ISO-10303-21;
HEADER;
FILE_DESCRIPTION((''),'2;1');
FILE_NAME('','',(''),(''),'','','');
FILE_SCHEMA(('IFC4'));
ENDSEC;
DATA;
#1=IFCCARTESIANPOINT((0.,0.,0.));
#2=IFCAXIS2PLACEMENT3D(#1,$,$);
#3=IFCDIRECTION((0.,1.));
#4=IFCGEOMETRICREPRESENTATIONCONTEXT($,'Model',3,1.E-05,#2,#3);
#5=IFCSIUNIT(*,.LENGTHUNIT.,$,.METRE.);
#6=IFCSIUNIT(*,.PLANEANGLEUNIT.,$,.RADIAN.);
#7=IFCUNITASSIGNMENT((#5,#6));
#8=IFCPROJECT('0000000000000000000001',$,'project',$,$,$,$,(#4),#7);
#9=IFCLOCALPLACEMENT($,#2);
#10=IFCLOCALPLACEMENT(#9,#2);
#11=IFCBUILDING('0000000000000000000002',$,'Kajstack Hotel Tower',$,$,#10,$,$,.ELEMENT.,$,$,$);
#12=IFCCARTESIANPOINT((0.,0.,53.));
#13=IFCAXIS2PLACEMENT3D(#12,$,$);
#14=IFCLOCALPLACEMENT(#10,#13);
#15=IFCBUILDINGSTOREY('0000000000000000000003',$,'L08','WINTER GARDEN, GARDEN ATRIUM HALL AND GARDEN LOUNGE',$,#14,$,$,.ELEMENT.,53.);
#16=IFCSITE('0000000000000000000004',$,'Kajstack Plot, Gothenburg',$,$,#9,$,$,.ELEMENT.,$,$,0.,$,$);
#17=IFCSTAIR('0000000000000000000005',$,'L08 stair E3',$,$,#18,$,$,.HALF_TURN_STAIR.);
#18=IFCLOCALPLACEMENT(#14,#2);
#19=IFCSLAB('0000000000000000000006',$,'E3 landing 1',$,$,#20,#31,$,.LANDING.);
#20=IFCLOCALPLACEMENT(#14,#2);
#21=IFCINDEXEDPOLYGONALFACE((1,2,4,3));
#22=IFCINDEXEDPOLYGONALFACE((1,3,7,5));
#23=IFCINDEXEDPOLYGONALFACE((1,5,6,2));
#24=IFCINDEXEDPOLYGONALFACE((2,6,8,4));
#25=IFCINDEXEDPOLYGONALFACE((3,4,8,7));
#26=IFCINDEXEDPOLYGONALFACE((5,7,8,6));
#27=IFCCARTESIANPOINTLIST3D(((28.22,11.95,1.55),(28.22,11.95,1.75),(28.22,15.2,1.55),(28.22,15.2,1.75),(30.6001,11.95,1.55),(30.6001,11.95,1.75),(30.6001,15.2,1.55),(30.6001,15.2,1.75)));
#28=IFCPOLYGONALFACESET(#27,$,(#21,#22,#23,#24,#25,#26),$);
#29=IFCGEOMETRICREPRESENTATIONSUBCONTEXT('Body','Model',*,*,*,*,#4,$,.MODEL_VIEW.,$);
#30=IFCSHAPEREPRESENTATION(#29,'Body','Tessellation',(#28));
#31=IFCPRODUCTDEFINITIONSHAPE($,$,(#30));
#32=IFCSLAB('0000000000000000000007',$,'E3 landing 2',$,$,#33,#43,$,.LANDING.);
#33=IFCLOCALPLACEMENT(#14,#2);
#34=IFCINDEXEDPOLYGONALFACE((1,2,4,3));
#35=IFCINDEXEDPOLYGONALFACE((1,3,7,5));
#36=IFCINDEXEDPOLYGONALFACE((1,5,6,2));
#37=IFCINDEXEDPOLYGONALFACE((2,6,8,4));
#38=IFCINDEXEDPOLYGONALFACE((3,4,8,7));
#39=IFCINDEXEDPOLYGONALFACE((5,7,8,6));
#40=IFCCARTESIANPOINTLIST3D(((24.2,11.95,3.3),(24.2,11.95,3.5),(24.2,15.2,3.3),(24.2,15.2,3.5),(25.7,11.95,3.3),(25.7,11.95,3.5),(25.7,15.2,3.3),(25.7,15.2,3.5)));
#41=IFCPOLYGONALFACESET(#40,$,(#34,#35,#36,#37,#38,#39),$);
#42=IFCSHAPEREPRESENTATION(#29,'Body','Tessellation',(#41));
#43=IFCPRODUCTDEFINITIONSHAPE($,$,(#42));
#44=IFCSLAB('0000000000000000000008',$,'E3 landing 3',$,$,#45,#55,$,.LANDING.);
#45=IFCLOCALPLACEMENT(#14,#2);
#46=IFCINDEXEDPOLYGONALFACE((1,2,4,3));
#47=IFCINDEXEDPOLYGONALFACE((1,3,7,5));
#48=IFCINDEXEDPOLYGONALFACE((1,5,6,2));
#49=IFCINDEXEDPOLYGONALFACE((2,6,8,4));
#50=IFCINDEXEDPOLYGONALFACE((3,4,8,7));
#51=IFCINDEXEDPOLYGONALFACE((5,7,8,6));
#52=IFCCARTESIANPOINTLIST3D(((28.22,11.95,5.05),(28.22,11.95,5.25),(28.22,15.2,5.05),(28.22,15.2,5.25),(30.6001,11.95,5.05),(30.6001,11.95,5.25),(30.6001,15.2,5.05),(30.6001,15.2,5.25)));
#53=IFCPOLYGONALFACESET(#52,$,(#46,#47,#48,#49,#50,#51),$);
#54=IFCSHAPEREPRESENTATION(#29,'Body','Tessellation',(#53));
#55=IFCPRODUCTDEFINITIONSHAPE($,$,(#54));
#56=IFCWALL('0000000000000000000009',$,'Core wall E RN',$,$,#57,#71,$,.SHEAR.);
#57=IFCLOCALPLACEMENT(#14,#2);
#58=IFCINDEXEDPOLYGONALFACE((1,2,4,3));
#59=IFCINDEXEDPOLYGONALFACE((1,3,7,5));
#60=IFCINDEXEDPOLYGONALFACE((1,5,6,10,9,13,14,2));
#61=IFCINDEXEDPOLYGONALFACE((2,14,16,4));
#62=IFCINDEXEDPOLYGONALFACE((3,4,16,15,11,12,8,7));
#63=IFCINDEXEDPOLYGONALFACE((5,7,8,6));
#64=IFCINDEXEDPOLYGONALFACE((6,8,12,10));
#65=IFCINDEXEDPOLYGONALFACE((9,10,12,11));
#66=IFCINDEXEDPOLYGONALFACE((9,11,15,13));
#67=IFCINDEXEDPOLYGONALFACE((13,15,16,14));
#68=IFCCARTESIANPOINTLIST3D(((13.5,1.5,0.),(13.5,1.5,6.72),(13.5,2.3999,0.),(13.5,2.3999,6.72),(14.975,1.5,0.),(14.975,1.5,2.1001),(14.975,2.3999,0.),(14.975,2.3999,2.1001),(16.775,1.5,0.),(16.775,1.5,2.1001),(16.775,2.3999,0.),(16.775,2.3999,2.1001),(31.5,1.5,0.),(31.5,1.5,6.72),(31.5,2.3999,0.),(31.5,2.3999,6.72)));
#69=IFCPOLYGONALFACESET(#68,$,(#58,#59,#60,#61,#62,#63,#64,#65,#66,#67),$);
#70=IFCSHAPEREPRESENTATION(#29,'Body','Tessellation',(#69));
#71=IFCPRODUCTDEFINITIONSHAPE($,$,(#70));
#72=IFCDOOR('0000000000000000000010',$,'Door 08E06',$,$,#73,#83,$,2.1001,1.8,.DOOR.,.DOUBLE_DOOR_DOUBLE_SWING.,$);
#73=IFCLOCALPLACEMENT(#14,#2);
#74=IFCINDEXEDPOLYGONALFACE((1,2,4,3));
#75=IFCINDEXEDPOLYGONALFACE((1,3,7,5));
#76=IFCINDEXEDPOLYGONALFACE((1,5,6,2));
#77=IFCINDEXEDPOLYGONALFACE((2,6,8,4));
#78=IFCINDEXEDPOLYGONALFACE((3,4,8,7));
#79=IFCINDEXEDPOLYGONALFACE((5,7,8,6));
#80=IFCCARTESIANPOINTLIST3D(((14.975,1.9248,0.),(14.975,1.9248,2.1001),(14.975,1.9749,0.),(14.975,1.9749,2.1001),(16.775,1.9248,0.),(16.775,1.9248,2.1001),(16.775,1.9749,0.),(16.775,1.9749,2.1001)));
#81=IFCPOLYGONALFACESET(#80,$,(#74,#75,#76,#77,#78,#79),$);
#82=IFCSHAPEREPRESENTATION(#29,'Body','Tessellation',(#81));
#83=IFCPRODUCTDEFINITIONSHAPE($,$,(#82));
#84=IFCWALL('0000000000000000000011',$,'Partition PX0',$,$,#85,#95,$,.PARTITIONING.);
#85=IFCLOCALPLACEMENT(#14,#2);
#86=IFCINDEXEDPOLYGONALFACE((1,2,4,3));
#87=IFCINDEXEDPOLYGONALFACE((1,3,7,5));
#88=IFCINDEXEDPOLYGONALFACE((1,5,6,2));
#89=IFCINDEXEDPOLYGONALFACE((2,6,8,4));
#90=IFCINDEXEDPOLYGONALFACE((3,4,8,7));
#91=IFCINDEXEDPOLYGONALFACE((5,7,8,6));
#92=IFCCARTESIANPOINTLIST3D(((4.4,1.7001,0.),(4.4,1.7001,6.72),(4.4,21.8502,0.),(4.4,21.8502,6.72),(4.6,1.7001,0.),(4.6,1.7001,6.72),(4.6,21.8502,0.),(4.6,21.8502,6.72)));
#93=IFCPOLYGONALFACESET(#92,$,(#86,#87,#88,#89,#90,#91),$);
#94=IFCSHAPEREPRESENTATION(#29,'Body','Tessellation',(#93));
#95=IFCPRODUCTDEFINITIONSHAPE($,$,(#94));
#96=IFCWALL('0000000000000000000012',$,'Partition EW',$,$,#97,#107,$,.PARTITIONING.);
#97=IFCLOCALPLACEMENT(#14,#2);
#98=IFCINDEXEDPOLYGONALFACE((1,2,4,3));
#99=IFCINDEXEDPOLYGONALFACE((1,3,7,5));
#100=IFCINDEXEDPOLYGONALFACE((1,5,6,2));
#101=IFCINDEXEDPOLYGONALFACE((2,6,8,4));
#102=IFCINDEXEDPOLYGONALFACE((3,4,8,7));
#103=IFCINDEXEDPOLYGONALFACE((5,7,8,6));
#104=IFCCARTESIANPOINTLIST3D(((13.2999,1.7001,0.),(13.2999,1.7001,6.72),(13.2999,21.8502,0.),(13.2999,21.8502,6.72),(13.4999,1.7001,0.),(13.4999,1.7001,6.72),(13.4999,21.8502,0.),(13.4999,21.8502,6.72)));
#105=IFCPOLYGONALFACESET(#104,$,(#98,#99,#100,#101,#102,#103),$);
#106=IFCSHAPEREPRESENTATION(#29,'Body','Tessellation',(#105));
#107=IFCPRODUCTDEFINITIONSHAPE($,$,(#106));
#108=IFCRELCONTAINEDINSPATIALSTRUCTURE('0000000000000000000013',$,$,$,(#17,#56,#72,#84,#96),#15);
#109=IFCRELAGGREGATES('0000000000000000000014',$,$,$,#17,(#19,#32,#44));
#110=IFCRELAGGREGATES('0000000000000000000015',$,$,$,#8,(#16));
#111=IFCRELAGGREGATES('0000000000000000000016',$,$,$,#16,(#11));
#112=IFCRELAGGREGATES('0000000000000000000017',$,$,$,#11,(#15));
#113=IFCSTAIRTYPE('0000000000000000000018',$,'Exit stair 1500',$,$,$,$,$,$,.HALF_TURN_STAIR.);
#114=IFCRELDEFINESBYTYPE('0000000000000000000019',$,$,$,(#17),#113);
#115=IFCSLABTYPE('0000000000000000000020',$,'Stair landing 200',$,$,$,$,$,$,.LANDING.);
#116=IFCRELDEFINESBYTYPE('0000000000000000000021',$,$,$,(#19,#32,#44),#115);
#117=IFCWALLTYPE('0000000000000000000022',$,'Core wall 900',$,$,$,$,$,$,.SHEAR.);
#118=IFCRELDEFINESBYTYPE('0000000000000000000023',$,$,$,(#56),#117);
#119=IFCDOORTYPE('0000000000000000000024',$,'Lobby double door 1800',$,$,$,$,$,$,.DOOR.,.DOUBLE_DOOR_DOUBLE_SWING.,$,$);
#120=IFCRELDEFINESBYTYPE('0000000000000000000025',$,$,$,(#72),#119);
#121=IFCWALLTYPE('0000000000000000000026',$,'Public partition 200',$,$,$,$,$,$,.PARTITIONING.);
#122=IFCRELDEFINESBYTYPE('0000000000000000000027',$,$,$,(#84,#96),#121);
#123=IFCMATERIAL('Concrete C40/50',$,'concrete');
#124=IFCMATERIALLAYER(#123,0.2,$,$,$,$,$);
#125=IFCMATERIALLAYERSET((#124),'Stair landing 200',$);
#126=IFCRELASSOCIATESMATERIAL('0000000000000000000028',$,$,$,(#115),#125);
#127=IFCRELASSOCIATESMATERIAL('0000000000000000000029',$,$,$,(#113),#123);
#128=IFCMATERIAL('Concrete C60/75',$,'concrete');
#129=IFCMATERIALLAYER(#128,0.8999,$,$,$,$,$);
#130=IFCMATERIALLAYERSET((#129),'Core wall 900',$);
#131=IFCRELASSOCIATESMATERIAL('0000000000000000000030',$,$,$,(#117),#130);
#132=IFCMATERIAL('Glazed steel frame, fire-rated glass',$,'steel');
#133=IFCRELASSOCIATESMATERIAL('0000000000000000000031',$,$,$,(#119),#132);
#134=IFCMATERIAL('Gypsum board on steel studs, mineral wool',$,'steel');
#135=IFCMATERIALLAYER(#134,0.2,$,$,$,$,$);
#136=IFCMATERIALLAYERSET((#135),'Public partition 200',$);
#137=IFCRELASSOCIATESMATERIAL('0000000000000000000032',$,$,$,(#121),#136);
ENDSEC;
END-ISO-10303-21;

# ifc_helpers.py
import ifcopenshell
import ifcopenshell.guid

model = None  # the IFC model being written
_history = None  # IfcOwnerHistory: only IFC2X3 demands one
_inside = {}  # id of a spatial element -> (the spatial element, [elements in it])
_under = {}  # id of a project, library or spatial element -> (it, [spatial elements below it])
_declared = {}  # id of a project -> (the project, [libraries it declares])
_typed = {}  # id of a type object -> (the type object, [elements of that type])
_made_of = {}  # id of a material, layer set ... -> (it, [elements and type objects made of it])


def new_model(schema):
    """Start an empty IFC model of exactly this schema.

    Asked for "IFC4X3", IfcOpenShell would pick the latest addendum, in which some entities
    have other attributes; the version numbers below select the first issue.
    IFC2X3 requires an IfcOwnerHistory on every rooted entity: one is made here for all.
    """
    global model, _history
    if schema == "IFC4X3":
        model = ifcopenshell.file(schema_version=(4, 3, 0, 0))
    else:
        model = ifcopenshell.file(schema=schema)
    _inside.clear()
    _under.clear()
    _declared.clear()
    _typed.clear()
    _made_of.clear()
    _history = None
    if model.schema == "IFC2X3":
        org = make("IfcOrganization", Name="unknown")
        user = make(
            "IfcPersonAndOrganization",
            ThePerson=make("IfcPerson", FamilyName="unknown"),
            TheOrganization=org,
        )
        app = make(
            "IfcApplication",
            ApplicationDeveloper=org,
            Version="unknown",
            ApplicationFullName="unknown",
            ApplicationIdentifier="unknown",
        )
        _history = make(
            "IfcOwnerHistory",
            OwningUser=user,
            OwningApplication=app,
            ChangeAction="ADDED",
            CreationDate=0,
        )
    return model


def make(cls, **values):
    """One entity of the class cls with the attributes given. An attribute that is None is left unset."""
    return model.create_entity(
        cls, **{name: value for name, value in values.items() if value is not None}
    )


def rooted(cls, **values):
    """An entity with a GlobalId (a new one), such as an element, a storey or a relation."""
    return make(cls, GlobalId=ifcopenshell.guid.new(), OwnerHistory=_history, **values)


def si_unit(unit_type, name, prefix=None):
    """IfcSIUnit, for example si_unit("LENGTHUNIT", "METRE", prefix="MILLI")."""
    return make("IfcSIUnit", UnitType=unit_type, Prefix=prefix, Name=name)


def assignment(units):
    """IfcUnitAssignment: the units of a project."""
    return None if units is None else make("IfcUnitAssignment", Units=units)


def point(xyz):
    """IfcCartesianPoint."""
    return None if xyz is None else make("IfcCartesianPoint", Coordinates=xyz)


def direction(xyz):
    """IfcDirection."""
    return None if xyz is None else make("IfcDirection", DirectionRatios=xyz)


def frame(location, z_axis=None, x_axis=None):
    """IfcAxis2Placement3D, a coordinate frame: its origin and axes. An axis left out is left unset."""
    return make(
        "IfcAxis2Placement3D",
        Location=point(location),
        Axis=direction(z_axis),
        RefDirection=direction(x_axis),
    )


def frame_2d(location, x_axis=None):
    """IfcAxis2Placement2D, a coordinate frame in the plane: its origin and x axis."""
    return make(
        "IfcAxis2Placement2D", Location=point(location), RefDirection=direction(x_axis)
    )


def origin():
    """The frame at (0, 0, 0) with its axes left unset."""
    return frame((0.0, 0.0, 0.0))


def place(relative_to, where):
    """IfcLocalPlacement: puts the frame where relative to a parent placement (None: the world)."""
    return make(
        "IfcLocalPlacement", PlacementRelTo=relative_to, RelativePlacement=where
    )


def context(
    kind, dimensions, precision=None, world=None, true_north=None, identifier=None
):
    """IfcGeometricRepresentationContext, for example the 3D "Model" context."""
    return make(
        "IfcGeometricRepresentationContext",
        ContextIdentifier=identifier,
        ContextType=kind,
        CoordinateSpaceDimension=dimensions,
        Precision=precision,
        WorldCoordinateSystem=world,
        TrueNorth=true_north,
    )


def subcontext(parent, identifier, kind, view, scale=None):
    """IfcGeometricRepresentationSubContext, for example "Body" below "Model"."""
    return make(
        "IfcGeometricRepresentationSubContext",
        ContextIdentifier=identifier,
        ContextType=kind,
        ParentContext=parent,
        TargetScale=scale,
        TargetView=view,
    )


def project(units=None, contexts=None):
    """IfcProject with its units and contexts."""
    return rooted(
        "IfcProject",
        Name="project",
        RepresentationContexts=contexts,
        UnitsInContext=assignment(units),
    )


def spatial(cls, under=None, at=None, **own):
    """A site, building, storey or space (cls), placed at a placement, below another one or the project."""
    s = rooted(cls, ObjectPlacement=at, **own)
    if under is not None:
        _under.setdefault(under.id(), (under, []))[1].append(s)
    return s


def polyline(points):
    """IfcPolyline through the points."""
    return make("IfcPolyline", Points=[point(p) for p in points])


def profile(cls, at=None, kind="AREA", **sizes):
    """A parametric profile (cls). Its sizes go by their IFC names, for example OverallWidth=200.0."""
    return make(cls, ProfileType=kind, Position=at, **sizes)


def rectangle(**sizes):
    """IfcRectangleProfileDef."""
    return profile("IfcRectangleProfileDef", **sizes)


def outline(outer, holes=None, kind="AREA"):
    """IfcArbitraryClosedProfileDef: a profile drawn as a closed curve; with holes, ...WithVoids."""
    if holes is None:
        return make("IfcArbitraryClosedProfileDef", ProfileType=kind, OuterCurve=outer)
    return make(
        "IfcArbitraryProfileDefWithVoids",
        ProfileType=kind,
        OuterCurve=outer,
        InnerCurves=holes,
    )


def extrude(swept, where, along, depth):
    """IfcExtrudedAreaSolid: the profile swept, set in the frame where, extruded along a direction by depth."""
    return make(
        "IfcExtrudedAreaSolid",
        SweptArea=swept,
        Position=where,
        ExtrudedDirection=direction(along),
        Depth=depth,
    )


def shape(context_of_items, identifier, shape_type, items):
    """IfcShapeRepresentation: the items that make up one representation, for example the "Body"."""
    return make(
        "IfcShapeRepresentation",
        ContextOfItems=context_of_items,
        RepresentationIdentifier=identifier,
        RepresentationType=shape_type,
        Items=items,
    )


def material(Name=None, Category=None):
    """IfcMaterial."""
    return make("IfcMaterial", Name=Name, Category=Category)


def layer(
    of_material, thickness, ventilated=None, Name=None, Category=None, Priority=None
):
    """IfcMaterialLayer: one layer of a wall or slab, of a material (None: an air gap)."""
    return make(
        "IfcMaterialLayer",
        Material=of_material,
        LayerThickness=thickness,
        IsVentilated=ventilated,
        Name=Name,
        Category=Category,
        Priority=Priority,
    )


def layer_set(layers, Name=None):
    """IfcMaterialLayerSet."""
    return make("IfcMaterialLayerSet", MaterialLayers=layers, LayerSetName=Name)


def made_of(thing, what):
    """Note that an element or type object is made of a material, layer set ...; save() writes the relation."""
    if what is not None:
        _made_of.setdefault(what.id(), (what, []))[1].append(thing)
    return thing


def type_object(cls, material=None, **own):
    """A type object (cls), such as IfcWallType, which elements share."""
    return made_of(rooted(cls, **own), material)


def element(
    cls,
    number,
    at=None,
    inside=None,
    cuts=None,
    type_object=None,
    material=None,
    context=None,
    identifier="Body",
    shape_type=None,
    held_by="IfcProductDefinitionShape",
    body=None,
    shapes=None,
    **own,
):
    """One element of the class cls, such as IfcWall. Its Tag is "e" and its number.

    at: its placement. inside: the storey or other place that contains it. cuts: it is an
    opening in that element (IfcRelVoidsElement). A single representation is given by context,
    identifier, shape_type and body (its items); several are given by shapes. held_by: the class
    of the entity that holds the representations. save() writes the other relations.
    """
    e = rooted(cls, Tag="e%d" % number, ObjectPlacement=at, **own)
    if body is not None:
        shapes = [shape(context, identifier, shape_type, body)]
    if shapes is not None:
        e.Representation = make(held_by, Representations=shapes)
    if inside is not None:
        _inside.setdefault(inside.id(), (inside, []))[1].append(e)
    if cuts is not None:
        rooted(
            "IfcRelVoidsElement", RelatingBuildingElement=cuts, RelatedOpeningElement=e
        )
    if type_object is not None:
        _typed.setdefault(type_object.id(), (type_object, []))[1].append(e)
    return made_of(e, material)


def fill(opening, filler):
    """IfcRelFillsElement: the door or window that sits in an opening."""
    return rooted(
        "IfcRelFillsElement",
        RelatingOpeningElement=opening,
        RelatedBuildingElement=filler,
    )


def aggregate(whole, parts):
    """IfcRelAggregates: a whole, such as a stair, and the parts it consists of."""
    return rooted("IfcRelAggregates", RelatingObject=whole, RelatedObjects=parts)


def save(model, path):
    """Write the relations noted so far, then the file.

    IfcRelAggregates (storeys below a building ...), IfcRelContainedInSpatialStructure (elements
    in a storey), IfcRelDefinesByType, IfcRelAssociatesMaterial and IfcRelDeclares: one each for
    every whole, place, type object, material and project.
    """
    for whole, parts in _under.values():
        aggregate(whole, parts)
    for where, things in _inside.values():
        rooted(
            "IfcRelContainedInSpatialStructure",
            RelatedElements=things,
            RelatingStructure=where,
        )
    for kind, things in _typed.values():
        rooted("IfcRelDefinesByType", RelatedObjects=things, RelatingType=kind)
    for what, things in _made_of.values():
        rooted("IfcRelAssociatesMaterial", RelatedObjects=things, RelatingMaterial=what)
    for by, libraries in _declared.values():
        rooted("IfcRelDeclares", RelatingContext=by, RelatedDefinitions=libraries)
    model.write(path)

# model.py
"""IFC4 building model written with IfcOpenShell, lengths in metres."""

from ifc_helpers import new_model, si_unit, direction, frame, frame_2d, origin, place, context, subcontext, project, spatial, polyline, rectangle, outline, extrude, material, layer, layer_set, type_object, element, fill, aggregate, save


model = new_model("IFC4")

# Units and contexts
model_context = context("Model", 3, precision=1e-05, world=origin(), true_north=direction((0.0, 1.0)))
body_context = subcontext(model_context, "Body", "Model", "MODEL_VIEW")
ifc_project = project(units=[si_unit("LENGTHUNIT", "METRE"), si_unit("PLANEANGLEUNIT", "RADIAN")], contexts=[model_context])

# Site, building, storey
site_placement = place(None, origin())
site = spatial("IfcSite", under=ifc_project, at=site_placement, Name="Kajstack Plot, Gothenburg", CompositionType="ELEMENT", RefElevation=0.0)
building_placement = place(site_placement, origin())
building = spatial("IfcBuilding", under=site, at=building_placement, Name="Kajstack Hotel Tower", CompositionType="ELEMENT")
storey_placement = place(building_placement, frame((0.0, 0.0, 53.0)))
storey = spatial("IfcBuildingStorey", under=building, at=storey_placement, Name="L08", Description="WINTER GARDEN, GARDEN ATRIUM HALL AND GARDEN LOUNGE", CompositionType="ELEMENT", Elevation=53.0)

# Shared definitions
ifc_material_1 = material(Name="Concrete C60/75", Category="concrete")

# Stair, slabs
ifc_material_2 = material(Name="Concrete C40/50", Category="concrete")
ifc_layer_1 = layer(ifc_material_2, 0.2)
ifc_layer_set_1 = layer_set([ifc_layer_1], Name="Stair landing 200")
slab_type = type_object("IfcSlabType", Name="Stair landing 200", PredefinedType="LANDING", material=ifc_layer_set_1)
stair_type_1 = type_object("IfcStairType", Name="Exit stair 1500", PredefinedType="HALF_TURN_STAIR", material=ifc_material_2)
stair_1_placement = place(storey_placement, origin())
stair_1 = element("IfcStair", 1, at=stair_1_placement, inside=storey, type_object=stair_type_1, Name="L08 stair E3", PredefinedType="HALF_TURN_STAIR")
slab_1_placement = place(storey_placement, frame((0.0, 0.0, 1.55)))
slab_1 = element("IfcSlab", 2, at=slab_1_placement, type_object=slab_type, Name="E3 landing 1", PredefinedType="LANDING", context=body_context, shape_type="SweptSolid", body=[
    extrude(outline(polyline([(28.22, 11.95), (30.6001, 11.95), (30.6001, 15.2), (28.22, 15.2), (28.22, 11.95)])), origin(), (0.0, 0.0, 1.0), 0.2),
])
slab_2_placement = place(storey_placement, frame((0.0, 0.0, 3.3)))
slab_2 = element("IfcSlab", 3, at=slab_2_placement, type_object=slab_type, Name="E3 landing 2", PredefinedType="LANDING", context=body_context, shape_type="SweptSolid", body=[
    extrude(outline(polyline([(24.2, 11.95), (25.7, 11.95), (25.7, 15.2), (24.2, 15.2), (24.2, 11.95)])), origin(), (0.0, 0.0, 1.0), 0.2),
])
slab_3_placement = place(storey_placement, frame((0.0, 0.0, 5.05)))
slab_3 = element("IfcSlab", 4, at=slab_3_placement, type_object=slab_type, Name="E3 landing 3", PredefinedType="LANDING", context=body_context, shape_type="SweptSolid", body=[
    extrude(outline(polyline([(28.22, 11.95), (30.6001, 11.95), (30.6001, 15.2), (28.22, 15.2), (28.22, 11.95)])), origin(), (0.0, 0.0, 1.0), 0.2),
])
aggregate(stair_1, [slab_1, slab_2, slab_3])

# Wall, opening, door
ifc_layer_2 = layer(ifc_material_1, 0.8999)
ifc_layer_set_2 = layer_set([ifc_layer_2], Name="Core wall 900")
wall_type_1 = type_object("IfcWallType", Name="Core wall 900", PredefinedType="SHEAR", material=ifc_layer_set_2)
wall_placement = place(storey_placement, frame((13.5, 1.95, 0.0), z_axis=(0.0, 0.0, 1.0), x_axis=(1.0, 0.0, 0.0)))
wall = element("IfcWall", 5, at=wall_placement, inside=storey, type_object=wall_type_1, Name="Core wall E RN", PredefinedType="SHEAR", context=body_context, shape_type="SweptSolid", body=[
    extrude(rectangle(XDim=18.0, YDim=0.8999, at=frame_2d((9.0, 0.0))), origin(), (0.0, 0.0, 1.0), 6.72),
])
opening_placement = place(wall_placement, frame((1.4751, 0.0, 0.0)))
opening = element("IfcOpeningElement", 6, at=opening_placement, cuts=wall, PredefinedType="OPENING", context=body_context, shape_type="SweptSolid", body=[
    extrude(rectangle(XDim=1.8, YDim=2.1001, at=frame_2d((0.8999, 1.05))), frame((0.0, 0.46, 0.0), z_axis=(0.0, -1.0, 0.0), x_axis=(1.0, 0.0, 0.0)), (0.0, 0.0, 1.0), 0.9199),
])
ifc_material_3 = material(Name="Glazed steel frame, fire-rated glass", Category="steel")
door_type = type_object("IfcDoorType", Name="Lobby double door 1800", OperationType="DOUBLE_DOOR_DOUBLE_SWING", PredefinedType="DOOR", material=ifc_material_3)
door_placement = place(opening_placement, origin())
door = element("IfcDoor", 7, at=door_placement, inside=storey, type_object=door_type, Name="Door 08E06", OperationType="DOUBLE_DOOR_DOUBLE_SWING", OverallHeight=2.1001, OverallWidth=1.8, PredefinedType="DOOR", context=body_context, shape_type="SweptSolid", body=[
    extrude(rectangle(XDim=1.8, YDim=2.1001, at=frame_2d((0.8999, 1.05))), frame((0.0, 0.0249, 0.0), z_axis=(0.0, -1.0, 0.0), x_axis=(1.0, 0.0, 0.0)), (0.0, 0.0, 1.0), 0.05),
])
fill(opening, door)

# Walls
ifc_material_4 = material(Name="Gypsum board on steel studs, mineral wool", Category="steel")
ifc_layer_3 = layer(ifc_material_4, 0.2)
ifc_layer_set_3 = layer_set([ifc_layer_3], Name="Public partition 200")
wall_type_2 = type_object("IfcWallType", Name="Public partition 200", PredefinedType="PARTITIONING", material=ifc_layer_set_3)
for number, where, z_axis, x_axis, name in (
    (8, (4.5, 1.7, 0.0), (0.0, 0.0, 1.0), (0.0, 1.0, 0.0), "Partition PX0"),
    (9, (13.3999, 1.7, 0.0), (0.0, 0.0, 1.0), (0.0, 1.0, 0.0), "Partition EW"),
):
    element("IfcWall", number, at=place(storey_placement, frame(where, z_axis=z_axis, x_axis=x_axis)), inside=storey, type_object=wall_type_2, Name=name, PredefinedType="PARTITIONING", context=body_context, shape_type="SweptSolid", body=[
        extrude(rectangle(XDim=20.1501, YDim=0.2, at=frame_2d((10.0752, 0.0))), origin(), (0.0, 0.0, 1.0), 6.72),
    ])

save(model, "model.ifc")
